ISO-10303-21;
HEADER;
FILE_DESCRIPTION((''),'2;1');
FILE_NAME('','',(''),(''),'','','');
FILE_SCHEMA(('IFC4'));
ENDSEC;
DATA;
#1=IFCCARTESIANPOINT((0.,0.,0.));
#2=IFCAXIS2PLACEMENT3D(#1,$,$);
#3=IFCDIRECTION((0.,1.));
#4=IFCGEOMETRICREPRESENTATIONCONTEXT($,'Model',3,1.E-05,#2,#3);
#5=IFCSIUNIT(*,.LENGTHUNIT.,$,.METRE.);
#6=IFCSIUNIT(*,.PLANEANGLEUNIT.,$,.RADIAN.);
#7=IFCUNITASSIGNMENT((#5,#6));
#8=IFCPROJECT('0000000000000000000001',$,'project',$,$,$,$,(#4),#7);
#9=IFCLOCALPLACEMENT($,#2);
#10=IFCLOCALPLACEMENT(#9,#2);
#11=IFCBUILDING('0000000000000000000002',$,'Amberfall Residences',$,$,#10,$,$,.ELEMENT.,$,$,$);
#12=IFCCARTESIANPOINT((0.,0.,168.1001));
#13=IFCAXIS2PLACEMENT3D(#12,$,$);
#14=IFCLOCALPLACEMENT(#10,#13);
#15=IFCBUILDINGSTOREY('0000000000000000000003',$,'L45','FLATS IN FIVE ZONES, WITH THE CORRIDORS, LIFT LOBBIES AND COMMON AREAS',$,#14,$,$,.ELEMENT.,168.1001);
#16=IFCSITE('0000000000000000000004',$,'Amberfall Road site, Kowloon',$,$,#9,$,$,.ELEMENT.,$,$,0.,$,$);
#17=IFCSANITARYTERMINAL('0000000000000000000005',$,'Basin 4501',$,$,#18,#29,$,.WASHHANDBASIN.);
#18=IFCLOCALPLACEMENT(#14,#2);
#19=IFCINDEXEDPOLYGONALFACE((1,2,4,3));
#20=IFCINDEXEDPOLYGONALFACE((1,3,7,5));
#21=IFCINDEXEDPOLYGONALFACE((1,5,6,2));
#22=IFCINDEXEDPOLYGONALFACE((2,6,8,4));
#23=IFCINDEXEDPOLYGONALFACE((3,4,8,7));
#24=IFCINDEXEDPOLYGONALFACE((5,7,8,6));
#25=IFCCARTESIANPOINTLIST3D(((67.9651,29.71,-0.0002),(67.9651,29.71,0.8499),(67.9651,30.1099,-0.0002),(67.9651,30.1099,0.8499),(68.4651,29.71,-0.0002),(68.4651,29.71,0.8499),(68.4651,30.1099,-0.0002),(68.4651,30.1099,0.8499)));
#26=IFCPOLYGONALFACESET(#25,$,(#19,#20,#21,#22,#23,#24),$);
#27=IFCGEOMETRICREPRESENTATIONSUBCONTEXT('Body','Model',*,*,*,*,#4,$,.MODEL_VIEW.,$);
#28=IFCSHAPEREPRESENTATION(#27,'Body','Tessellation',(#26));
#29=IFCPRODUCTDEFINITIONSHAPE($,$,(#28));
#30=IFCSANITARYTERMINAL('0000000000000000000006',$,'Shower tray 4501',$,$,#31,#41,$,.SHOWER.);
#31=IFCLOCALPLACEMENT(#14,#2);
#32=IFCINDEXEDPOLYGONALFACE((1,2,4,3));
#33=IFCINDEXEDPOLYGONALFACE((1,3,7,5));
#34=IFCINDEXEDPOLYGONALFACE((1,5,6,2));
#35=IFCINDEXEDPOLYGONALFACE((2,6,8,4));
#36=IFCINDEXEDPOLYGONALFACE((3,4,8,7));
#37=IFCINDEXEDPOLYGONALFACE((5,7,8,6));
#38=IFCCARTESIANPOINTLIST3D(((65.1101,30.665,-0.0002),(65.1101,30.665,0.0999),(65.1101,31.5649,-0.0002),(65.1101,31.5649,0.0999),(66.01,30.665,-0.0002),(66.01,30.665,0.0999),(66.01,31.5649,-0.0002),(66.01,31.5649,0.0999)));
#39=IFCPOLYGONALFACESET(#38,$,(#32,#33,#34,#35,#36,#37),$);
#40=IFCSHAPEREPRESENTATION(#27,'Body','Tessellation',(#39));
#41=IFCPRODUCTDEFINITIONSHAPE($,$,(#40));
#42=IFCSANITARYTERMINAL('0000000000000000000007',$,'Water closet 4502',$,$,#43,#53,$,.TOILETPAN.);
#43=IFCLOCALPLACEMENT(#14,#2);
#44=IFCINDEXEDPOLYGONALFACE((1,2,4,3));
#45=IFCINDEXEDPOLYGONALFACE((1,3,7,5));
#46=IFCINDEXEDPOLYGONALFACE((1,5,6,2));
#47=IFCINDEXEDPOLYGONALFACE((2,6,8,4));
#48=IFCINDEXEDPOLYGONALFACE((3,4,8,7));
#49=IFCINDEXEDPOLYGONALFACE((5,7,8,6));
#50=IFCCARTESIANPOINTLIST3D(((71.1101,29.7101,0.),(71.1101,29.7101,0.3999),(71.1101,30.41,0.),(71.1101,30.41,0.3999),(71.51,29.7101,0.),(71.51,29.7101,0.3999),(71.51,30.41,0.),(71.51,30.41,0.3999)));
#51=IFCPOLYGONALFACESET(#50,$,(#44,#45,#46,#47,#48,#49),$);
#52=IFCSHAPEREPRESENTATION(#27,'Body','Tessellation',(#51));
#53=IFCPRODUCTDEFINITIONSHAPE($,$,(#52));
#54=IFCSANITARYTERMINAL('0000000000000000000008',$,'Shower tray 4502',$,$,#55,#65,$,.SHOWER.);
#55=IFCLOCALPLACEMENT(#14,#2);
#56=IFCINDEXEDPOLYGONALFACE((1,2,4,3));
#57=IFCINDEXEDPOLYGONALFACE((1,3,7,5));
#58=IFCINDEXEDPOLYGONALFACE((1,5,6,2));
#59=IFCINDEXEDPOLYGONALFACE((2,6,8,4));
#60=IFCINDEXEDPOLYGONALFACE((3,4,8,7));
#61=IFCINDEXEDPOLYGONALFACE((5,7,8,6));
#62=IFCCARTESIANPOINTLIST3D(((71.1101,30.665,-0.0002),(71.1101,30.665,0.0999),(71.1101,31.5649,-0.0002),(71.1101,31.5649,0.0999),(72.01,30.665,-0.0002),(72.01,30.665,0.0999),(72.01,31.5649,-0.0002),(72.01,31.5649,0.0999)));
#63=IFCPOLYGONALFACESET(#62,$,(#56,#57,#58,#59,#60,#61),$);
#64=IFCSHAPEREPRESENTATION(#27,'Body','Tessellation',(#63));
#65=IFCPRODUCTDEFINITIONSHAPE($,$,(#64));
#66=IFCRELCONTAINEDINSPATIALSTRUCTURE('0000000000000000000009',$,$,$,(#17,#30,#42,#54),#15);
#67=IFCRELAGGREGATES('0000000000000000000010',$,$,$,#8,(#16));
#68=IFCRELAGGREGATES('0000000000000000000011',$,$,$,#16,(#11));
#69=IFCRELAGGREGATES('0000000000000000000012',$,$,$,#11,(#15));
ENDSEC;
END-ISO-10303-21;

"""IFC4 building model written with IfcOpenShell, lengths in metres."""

from ifc_helpers import new_model, si_unit, direction, frame, origin, origin_2d, place, context, subcontext, project, spatial, rectangle, extrude, element, save


model = new_model("IFC4")

# Units and contexts
model_context = context("Model", 3, precision=1e-05, world=origin(), true_north=direction((0.0, 1.0)))
body_context = subcontext(model_context, "Body", "Model", "MODEL_VIEW")
ifc_project = project(units=[si_unit("LENGTHUNIT", "METRE"), si_unit("PLANEANGLEUNIT", "RADIAN")], contexts=[model_context])

# Site, building, storey
site_placement = place(None, origin())
site = spatial("IfcSite", under=ifc_project, at=site_placement, Name="Amberfall Road site, Kowloon", CompositionType="ELEMENT", RefElevation=0.0)
building_placement = place(site_placement, origin())
building = spatial("IfcBuilding", under=site, at=building_placement, Name="Amberfall Residences", CompositionType="ELEMENT")
storey_placement = place(building_placement, frame((0.0, 0.0, 168.1001)))
storey = spatial("IfcBuildingStorey", under=building, at=storey_placement, Name="L45", Description="FLATS IN FIVE ZONES, WITH THE CORRIDORS, LIFT LOBBIES AND COMMON AREAS", CompositionType="ELEMENT", Elevation=168.1001)

# Sanitary terminals
sanitary_terminal_1_placement = place(storey_placement, frame((68.2151, 29.9099, -0.0002), z_axis=(0.0, 0.0, 1.0), x_axis=(1.0, 0.0, 0.0)))
element("IfcSanitaryTerminal", 1, at=sanitary_terminal_1_placement, inside=storey, Name="Basin 4501", PredefinedType="WASHHANDBASIN", context=body_context, shape_type="SweptSolid", body=[
    extrude(rectangle(XDim=0.5, YDim=0.3999, at=origin_2d()), origin(), (0.0, 0.0, 1.0), 0.8501),
])
sanitary_terminal_2_placement = place(storey_placement, frame((65.5601, 31.115, -0.0002), z_axis=(0.0, 0.0, 1.0), x_axis=(1.0, 0.0, 0.0)))
element("IfcSanitaryTerminal", 2, at=sanitary_terminal_2_placement, inside=storey, Name="Shower tray 4501", PredefinedType="SHOWER", context=body_context, shape_type="SweptSolid", body=[
    extrude(rectangle(XDim=0.8999, YDim=0.8999, at=origin_2d()), origin(), (0.0, 0.0, 1.0), 0.1001),
])
sanitary_terminal_3_placement = place(storey_placement, frame((71.3101, 30.0601, 0.0), z_axis=(0.0, 0.0, 1.0), x_axis=(1.0, 0.0, 0.0)))
element("IfcSanitaryTerminal", 3, at=sanitary_terminal_3_placement, inside=storey, Name="Water closet 4502", PredefinedType="TOILETPAN", context=body_context, shape_type="SweptSolid", body=[
    extrude(rectangle(XDim=0.3999, YDim=0.7, at=origin_2d()), origin(), (0.0, 0.0, 1.0), 0.3999),
])
sanitary_terminal_4_placement = place(storey_placement, frame((71.5601, 31.115, -0.0002), z_axis=(0.0, 0.0, 1.0), x_axis=(1.0, 0.0, 0.0)))
element("IfcSanitaryTerminal", 4, at=sanitary_terminal_4_placement, inside=storey, Name="Shower tray 4502", PredefinedType="SHOWER", context=body_context, shape_type="SweptSolid", body=[
    extrude(rectangle(XDim=0.8999, YDim=0.8999, at=origin_2d()), origin(), (0.0, 0.0, 1.0), 0.1001),
])

save(model, "model.ifc")
